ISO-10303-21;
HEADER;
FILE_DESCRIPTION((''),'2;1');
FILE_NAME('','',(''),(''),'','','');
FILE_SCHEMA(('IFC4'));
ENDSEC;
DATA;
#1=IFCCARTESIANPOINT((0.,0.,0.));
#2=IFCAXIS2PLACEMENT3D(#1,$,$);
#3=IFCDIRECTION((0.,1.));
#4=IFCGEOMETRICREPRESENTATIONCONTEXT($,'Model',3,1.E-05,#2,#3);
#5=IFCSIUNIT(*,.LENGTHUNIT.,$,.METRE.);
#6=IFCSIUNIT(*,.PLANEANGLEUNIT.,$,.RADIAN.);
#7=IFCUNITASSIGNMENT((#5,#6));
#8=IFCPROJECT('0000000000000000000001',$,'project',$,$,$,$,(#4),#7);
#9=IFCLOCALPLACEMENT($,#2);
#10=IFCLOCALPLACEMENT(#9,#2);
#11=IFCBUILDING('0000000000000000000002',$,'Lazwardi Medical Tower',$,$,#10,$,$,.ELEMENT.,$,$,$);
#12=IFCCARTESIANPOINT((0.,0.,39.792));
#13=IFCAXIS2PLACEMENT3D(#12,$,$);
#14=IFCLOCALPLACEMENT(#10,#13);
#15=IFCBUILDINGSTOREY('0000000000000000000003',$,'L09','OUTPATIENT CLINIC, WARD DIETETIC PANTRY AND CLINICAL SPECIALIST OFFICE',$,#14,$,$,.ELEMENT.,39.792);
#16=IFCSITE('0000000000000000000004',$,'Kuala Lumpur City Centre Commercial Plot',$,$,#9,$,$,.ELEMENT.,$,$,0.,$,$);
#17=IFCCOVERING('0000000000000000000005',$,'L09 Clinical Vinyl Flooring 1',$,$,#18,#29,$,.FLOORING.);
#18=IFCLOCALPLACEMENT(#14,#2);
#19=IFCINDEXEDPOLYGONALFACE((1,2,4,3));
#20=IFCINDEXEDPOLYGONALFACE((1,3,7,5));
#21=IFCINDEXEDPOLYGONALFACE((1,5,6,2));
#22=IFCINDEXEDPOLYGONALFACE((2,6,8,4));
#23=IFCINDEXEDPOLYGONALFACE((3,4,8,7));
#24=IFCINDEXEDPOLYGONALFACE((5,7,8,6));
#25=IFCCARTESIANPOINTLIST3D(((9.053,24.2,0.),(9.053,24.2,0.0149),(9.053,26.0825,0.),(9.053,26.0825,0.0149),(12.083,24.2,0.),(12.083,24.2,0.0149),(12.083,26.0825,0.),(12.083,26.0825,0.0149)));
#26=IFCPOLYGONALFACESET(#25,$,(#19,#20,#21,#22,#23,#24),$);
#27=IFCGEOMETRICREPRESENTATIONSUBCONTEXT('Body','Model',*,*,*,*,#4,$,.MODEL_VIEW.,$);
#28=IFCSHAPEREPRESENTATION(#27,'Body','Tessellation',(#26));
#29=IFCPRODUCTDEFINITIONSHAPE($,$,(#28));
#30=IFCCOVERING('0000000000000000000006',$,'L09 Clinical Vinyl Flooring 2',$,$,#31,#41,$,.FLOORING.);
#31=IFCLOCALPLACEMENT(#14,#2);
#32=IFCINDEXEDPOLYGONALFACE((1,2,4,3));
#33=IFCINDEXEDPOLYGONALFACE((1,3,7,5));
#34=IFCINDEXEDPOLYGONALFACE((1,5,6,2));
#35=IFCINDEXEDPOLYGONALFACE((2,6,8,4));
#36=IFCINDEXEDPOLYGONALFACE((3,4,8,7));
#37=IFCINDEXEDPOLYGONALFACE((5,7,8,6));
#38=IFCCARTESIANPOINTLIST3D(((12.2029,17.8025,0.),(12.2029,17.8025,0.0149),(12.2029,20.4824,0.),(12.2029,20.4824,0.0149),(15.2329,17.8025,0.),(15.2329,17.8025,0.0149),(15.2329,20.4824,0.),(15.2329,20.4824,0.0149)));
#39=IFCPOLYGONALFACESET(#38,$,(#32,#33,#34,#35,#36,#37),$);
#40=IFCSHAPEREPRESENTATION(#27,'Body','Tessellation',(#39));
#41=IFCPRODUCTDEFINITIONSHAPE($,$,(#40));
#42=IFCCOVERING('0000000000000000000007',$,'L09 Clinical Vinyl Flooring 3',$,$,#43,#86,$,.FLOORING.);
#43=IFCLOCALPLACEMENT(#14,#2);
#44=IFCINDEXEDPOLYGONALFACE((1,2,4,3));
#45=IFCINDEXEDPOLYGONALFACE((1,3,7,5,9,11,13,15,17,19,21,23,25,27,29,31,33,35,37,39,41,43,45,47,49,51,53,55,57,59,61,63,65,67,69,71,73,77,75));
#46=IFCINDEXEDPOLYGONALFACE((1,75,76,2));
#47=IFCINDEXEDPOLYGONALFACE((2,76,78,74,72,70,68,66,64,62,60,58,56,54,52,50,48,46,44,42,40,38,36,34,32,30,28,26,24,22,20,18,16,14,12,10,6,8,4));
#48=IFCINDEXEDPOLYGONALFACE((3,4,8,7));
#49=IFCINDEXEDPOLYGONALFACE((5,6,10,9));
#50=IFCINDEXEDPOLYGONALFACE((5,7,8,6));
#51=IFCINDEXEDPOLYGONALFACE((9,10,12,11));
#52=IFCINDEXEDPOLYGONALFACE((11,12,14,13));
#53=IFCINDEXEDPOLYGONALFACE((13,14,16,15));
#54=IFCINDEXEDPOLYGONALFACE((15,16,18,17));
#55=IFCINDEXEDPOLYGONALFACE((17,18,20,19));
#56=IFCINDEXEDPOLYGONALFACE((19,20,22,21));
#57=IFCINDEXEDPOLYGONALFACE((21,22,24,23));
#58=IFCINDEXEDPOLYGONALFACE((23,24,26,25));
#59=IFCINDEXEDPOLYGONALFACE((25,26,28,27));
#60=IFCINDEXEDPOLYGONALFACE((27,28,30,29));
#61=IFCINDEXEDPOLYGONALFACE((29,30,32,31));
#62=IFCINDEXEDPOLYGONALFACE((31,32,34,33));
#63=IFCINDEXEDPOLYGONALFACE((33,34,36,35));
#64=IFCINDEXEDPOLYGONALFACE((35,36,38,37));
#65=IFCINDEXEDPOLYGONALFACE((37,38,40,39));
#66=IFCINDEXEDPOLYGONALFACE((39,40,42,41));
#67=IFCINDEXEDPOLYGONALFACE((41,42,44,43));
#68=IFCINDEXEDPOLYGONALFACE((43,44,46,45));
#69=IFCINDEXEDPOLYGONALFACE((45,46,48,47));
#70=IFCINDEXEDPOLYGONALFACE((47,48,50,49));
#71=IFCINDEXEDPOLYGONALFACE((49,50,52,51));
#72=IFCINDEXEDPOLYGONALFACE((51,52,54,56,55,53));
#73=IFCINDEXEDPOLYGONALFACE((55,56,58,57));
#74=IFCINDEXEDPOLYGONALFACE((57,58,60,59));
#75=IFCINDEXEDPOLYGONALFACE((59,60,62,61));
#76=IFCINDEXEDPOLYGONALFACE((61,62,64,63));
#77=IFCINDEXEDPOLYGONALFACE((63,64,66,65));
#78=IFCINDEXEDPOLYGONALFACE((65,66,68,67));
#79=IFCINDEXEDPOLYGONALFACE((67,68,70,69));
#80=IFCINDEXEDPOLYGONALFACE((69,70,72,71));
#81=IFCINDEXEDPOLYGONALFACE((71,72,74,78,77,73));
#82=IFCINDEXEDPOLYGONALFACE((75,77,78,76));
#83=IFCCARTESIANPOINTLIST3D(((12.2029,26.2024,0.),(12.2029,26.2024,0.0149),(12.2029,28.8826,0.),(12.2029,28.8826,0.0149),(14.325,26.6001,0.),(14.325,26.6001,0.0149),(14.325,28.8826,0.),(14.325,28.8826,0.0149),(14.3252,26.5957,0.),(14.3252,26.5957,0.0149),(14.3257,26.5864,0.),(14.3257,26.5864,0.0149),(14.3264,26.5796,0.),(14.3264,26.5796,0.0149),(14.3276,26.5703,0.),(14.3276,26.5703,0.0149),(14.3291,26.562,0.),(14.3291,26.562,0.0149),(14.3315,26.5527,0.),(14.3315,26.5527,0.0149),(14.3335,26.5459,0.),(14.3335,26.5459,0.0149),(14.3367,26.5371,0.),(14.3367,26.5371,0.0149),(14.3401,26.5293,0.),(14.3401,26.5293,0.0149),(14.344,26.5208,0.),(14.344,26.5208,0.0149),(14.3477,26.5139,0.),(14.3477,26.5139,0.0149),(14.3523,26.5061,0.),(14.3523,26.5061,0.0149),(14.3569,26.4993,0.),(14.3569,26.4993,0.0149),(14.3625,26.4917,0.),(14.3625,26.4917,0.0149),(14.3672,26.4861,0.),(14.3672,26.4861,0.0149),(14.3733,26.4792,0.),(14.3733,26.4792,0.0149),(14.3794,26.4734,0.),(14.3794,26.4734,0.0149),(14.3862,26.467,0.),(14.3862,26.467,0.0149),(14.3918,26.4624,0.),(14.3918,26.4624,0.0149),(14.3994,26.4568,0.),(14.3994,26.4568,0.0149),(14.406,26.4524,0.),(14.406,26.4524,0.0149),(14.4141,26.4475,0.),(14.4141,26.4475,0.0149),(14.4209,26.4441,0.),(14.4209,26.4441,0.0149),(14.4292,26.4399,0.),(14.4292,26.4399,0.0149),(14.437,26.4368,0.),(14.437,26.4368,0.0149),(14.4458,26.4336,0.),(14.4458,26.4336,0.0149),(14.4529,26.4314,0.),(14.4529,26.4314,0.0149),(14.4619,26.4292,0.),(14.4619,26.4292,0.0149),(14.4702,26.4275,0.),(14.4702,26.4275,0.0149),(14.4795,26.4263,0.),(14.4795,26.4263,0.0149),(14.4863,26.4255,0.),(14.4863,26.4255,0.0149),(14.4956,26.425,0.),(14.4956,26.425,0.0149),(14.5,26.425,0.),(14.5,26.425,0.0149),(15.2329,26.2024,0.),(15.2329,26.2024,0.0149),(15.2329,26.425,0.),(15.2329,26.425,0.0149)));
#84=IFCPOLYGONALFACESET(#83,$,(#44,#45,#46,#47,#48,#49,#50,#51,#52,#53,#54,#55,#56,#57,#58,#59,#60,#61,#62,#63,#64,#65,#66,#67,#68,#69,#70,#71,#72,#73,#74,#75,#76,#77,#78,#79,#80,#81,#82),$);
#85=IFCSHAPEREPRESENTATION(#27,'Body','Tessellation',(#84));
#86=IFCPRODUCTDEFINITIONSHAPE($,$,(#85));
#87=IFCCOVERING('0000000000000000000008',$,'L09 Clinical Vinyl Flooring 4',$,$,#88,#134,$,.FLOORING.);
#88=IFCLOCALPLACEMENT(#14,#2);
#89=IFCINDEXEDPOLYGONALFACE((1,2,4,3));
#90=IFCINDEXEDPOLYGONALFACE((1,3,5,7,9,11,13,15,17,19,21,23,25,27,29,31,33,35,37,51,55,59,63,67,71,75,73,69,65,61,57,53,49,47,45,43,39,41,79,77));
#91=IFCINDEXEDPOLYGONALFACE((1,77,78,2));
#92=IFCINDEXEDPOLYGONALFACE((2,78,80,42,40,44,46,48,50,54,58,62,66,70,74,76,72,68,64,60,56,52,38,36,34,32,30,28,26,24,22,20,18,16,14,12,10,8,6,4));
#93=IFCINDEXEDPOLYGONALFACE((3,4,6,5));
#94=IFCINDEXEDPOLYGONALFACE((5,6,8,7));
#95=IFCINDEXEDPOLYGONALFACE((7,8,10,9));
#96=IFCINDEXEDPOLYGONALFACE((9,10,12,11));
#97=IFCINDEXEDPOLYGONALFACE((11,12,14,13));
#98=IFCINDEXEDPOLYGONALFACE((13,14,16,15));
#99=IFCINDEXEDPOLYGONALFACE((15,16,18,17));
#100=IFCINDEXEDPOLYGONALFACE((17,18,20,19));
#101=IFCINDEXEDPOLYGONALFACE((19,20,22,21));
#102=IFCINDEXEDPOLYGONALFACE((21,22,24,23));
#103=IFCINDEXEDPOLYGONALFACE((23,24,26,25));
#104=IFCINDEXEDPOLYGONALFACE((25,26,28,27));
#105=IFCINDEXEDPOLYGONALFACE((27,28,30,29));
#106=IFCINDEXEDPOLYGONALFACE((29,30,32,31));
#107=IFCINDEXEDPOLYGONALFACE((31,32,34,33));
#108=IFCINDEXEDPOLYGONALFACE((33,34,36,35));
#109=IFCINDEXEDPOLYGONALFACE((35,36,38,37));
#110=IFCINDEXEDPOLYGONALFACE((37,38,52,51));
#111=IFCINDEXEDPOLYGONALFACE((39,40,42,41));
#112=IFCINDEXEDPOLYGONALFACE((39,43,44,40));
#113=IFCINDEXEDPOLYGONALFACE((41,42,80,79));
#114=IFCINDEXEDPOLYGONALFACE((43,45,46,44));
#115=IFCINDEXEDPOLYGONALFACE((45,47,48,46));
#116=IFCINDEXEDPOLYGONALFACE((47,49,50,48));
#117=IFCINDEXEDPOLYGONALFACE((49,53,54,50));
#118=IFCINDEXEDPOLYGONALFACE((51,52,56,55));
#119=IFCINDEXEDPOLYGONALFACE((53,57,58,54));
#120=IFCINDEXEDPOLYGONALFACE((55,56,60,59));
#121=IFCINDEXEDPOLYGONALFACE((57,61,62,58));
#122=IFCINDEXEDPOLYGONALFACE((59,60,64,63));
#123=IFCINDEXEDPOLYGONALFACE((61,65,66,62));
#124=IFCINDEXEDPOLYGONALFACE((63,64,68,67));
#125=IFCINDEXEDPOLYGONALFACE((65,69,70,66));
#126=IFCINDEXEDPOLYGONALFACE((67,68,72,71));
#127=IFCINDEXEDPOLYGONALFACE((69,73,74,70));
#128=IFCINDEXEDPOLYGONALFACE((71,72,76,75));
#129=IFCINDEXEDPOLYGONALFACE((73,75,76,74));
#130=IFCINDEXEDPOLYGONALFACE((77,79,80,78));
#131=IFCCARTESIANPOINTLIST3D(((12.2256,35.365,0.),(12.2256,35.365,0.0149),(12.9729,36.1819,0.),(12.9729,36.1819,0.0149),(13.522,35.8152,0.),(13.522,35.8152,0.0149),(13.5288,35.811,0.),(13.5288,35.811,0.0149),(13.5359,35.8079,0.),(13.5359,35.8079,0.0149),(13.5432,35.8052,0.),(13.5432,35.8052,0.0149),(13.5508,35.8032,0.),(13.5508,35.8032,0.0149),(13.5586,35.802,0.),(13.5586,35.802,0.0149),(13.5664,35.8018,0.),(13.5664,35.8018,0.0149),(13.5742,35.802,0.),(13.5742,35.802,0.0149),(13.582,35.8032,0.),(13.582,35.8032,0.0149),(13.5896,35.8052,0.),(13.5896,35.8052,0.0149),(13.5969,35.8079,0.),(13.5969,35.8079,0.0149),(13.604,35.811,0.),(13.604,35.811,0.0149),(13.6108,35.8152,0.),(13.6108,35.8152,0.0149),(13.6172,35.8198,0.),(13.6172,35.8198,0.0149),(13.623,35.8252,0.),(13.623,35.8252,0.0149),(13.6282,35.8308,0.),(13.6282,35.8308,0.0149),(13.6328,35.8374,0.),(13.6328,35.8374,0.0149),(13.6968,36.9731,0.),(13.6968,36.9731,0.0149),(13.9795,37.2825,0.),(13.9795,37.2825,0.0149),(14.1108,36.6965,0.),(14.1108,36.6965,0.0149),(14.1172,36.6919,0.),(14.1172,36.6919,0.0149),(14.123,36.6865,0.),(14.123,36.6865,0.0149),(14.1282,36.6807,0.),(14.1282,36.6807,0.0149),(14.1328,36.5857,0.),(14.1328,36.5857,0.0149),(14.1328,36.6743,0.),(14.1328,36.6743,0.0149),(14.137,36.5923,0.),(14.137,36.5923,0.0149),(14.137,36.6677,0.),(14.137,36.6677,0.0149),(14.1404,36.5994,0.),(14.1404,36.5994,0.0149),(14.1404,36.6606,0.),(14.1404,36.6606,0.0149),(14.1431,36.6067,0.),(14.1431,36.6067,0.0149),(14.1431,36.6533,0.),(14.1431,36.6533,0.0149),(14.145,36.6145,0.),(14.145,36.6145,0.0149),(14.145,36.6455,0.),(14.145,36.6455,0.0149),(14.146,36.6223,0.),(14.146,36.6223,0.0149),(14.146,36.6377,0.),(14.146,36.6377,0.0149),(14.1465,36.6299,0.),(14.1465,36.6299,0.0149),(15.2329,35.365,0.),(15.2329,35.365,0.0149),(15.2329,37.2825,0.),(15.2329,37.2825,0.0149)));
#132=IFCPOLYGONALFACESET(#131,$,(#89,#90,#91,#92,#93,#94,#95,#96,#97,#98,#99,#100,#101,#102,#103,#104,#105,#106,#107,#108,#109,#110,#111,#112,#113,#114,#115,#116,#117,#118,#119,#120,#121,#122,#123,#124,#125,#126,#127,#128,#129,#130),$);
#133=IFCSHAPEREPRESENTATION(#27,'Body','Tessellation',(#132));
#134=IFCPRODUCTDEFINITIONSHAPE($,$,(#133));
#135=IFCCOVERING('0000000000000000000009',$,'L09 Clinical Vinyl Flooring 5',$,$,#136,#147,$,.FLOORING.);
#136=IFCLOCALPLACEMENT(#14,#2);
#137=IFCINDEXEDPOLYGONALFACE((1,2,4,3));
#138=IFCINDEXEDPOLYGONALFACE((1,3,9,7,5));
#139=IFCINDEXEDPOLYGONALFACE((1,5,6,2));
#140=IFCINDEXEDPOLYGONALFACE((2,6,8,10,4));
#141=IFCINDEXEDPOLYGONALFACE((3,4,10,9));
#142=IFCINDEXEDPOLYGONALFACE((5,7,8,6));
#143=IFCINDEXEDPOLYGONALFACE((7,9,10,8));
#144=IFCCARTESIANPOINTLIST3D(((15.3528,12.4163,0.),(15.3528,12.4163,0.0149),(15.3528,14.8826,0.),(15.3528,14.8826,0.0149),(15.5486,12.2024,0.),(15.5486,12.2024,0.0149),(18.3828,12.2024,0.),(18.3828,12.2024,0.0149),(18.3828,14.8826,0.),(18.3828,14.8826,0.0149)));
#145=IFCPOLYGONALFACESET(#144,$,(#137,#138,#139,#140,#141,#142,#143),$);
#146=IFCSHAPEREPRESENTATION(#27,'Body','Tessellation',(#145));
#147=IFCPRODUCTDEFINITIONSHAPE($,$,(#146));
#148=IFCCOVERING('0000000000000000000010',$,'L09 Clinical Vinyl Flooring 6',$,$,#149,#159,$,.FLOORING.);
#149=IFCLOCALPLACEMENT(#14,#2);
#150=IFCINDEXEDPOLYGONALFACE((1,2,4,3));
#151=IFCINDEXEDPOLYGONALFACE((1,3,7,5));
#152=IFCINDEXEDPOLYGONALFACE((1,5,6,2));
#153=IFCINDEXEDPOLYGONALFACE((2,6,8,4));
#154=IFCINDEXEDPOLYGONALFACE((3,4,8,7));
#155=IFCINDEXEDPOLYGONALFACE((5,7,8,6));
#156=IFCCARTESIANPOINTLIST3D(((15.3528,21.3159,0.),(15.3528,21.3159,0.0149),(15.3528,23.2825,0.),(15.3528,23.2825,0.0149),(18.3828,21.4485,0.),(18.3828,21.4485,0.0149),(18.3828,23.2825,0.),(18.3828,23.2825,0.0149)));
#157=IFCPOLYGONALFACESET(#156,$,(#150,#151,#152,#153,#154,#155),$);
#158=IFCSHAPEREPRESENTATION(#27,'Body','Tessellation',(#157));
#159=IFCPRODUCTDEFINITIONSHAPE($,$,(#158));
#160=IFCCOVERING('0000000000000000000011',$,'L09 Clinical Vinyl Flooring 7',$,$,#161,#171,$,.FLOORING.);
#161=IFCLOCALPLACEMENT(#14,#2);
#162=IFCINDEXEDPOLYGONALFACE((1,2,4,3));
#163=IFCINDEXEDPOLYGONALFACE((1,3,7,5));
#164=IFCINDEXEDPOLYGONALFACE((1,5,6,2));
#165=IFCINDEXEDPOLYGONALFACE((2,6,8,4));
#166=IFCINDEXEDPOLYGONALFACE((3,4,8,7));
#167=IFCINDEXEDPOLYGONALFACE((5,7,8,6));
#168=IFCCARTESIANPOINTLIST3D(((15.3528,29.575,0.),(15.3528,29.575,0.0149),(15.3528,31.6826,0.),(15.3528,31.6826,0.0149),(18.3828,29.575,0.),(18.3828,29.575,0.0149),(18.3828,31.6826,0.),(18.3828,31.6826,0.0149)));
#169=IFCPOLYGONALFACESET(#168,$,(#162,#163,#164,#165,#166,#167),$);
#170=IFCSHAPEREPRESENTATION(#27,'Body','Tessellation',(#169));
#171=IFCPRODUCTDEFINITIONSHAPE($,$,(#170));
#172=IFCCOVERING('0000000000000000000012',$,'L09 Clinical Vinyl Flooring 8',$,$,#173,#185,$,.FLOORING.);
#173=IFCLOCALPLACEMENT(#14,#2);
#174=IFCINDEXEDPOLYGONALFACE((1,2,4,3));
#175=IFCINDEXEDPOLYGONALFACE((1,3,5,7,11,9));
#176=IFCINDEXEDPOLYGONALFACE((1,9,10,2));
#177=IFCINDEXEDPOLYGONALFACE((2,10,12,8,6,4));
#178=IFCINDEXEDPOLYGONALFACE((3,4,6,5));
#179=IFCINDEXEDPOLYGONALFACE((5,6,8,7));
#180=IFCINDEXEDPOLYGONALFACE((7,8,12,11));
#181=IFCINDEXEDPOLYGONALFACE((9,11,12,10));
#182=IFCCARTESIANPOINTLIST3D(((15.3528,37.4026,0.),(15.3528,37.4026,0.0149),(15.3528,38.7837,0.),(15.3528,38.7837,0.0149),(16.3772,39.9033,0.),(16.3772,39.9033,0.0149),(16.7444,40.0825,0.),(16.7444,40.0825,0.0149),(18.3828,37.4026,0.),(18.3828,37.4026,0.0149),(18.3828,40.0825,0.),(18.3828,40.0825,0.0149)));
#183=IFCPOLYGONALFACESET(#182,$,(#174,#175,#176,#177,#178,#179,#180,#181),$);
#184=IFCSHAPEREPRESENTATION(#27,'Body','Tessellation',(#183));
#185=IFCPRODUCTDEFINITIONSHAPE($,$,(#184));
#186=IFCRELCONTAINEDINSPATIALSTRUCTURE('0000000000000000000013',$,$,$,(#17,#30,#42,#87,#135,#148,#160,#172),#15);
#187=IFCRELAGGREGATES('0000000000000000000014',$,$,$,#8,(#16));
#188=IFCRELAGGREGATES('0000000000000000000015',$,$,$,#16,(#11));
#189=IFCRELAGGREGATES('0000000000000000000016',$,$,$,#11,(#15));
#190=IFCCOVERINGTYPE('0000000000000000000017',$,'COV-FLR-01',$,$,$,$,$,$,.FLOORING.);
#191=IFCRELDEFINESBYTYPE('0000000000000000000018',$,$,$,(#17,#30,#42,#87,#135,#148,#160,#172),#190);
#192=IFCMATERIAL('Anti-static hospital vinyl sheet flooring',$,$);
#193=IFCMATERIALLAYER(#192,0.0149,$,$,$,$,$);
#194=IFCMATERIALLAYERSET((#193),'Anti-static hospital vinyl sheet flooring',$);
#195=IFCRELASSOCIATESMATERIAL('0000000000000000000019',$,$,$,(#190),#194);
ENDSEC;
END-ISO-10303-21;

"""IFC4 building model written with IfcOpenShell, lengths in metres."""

from ifc_helpers import new_model, si_unit, direction, frame, origin, place, context, subcontext, project, spatial, polyline, outline, extrude, material, layer, layer_set, type_object, element, save


model = new_model("IFC4")

# Units and contexts
model_context = context("Model", 3, precision=1e-05, world=origin(), true_north=direction((0.0, 1.0)))
body_context = subcontext(model_context, "Body", "Model", "MODEL_VIEW")
ifc_project = project(units=[si_unit("LENGTHUNIT", "METRE"), si_unit("PLANEANGLEUNIT", "RADIAN")], contexts=[model_context])

# Site, building, storey
site_placement = place(None, origin())
site = spatial("IfcSite", under=ifc_project, at=site_placement, Name="Kuala Lumpur City Centre Commercial Plot", CompositionType="ELEMENT", RefElevation=0.0)
building_placement = place(site_placement, origin())
building = spatial("IfcBuilding", under=site, at=building_placement, Name="Lazwardi Medical Tower", CompositionType="ELEMENT")
storey_placement = place(building_placement, frame((0.0, 0.0, 39.792)))
storey = spatial("IfcBuildingStorey", under=building, at=storey_placement, Name="L09", Description="OUTPATIENT CLINIC, WARD DIETETIC PANTRY AND CLINICAL SPECIALIST OFFICE", CompositionType="ELEMENT", Elevation=39.792)

# Coverings
ifc_material_1 = material(Name="Anti-static hospital vinyl sheet flooring")
ifc_layer_1 = layer(ifc_material_1, 0.0149)
ifc_layer_set_1 = layer_set([ifc_layer_1], Name="Anti-static hospital vinyl sheet flooring")
covering_type_1 = type_object("IfcCoveringType", Name="COV-FLR-01", PredefinedType="FLOORING", material=ifc_layer_set_1)
covering_1_placement = place(storey_placement, origin())
element("IfcCovering", 1, at=covering_1_placement, inside=storey, type_object=covering_type_1, Name="L09 Clinical Vinyl Flooring 1", PredefinedType="FLOORING", context=body_context, shape_type="SweptSolid", body=[
    extrude(outline(polyline([(9.053, 24.2), (12.083, 24.2), (12.083, 26.0825), (9.053, 26.0825), (9.053, 24.2)])), origin(), (0.0, 0.0, 1.0), 0.0149),
])
covering_2_placement = place(storey_placement, origin())
element("IfcCovering", 2, at=covering_2_placement, inside=storey, type_object=covering_type_1, Name="L09 Clinical Vinyl Flooring 2", PredefinedType="FLOORING", context=body_context, shape_type="SweptSolid", body=[
    extrude(outline(polyline([(15.2329, 17.8025), (15.2329, 20.4824), (12.2029, 20.4824), (12.2029, 17.8025), (15.2329, 17.8025)])), origin(), (0.0, 0.0, 1.0), 0.0149),
])
covering_3_placement = place(storey_placement, origin())
element("IfcCovering", 3, at=covering_3_placement, inside=storey, type_object=covering_type_1, Name="L09 Clinical Vinyl Flooring 3", PredefinedType="FLOORING", context=body_context, shape_type="SweptSolid", body=[
    extrude(outline(polyline([(15.2329, 26.425), (14.5, 26.425), (14.4956, 26.425), (14.4863, 26.4255), (14.4795, 26.4263), (14.4702, 26.4275), (14.4619, 26.4292), (14.4529, 26.4314), (14.4458, 26.4336), (14.437, 26.4368), (14.4292, 26.4399), (14.4209, 26.4441), (14.4141, 26.4475), (14.406, 26.4524), (14.3994, 26.4568), (14.3918, 26.4624), (14.3862, 26.467), (14.3794, 26.4734), (14.3733, 26.4792), (14.3672, 26.4861), (14.3625, 26.4917), (14.3569, 26.4993), (14.3523, 26.5061), (14.3477, 26.5139), (14.344, 26.5208), (14.3401, 26.5293), (14.3367, 26.5371), (14.3335, 26.5459), (14.3315, 26.5527), (14.3291, 26.562), (14.3276, 26.5703), (14.3264, 26.5796), (14.3257, 26.5864), (14.3252, 26.5957), (14.325, 26.6001), (14.325, 28.8826), (12.2029, 28.8826), (12.2029, 26.2024), (15.2329, 26.2024), (15.2329, 26.425)])), origin(), (0.0, 0.0, 1.0), 0.0149),
])
covering_4_placement = place(storey_placement, origin())
element("IfcCovering", 4, at=covering_4_placement, inside=storey, type_object=covering_type_1, Name="L09 Clinical Vinyl Flooring 4", PredefinedType="FLOORING", context=body_context, shape_type="SweptSolid", body=[
    extrude(outline(polyline([(13.9795, 37.2825), (13.6968, 36.9731), (14.1108, 36.6965), (14.1172, 36.6919), (14.123, 36.6865), (14.1282, 36.6807), (14.1328, 36.6743), (14.137, 36.6677), (14.1404, 36.6606), (14.1431, 36.6533), (14.145, 36.6455), (14.146, 36.6377), (14.1465, 36.6299), (14.146, 36.6223), (14.145, 36.6145), (14.1431, 36.6067), (14.1404, 36.5994), (14.137, 36.5923), (14.1328, 36.5857), (13.6328, 35.8374), (13.6282, 35.8308), (13.623, 35.8252), (13.6172, 35.8198), (13.6108, 35.8152), (13.604, 35.811), (13.5969, 35.8079), (13.5896, 35.8052), (13.582, 35.8032), (13.5742, 35.802), (13.5664, 35.8018), (13.5586, 35.802), (13.5508, 35.8032), (13.5432, 35.8052), (13.5359, 35.8079), (13.5288, 35.811), (13.522, 35.8152), (12.9729, 36.1819), (12.2256, 35.365), (15.2329, 35.365), (15.2329, 37.2825), (13.9795, 37.2825)])), origin(), (0.0, 0.0, 1.0), 0.0149),
])
covering_5_placement = place(storey_placement, origin())
element("IfcCovering", 5, at=covering_5_placement, inside=storey, type_object=covering_type_1, Name="L09 Clinical Vinyl Flooring 5", PredefinedType="FLOORING", context=body_context, shape_type="SweptSolid", body=[
    extrude(outline(polyline([(15.3528, 12.4163), (15.5486, 12.2024), (18.3828, 12.2024), (18.3828, 14.8826), (15.3528, 14.8826), (15.3528, 12.4163)])), origin(), (0.0, 0.0, 1.0), 0.0149),
])
covering_6_placement = place(storey_placement, origin())
element("IfcCovering", 6, at=covering_6_placement, inside=storey, type_object=covering_type_1, Name="L09 Clinical Vinyl Flooring 6", PredefinedType="FLOORING", context=body_context, shape_type="SweptSolid", body=[
    extrude(outline(polyline([(15.3528, 21.3159), (18.3828, 21.4485), (18.3828, 23.2825), (15.3528, 23.2825), (15.3528, 21.3159)])), origin(), (0.0, 0.0, 1.0), 0.0149),
])
covering_7_placement = place(storey_placement, origin())
element("IfcCovering", 7, at=covering_7_placement, inside=storey, type_object=covering_type_1, Name="L09 Clinical Vinyl Flooring 7", PredefinedType="FLOORING", context=body_context, shape_type="SweptSolid", body=[
    extrude(outline(polyline([(15.3528, 29.575), (18.3828, 29.575), (18.3828, 31.6826), (15.3528, 31.6826), (15.3528, 29.575)])), origin(), (0.0, 0.0, 1.0), 0.0149),
])
covering_8_placement = place(storey_placement, origin())
element("IfcCovering", 8, at=covering_8_placement, inside=storey, type_object=covering_type_1, Name="L09 Clinical Vinyl Flooring 8", PredefinedType="FLOORING", context=body_context, shape_type="SweptSolid", body=[
    extrude(outline(polyline([(16.7444, 40.0825), (16.3772, 39.9033), (15.3528, 38.7837), (15.3528, 37.4026), (18.3828, 37.4026), (18.3828, 40.0825), (16.7444, 40.0825)])), origin(), (0.0, 0.0, 1.0), 0.0149),
])

save(model, "model.ifc")
